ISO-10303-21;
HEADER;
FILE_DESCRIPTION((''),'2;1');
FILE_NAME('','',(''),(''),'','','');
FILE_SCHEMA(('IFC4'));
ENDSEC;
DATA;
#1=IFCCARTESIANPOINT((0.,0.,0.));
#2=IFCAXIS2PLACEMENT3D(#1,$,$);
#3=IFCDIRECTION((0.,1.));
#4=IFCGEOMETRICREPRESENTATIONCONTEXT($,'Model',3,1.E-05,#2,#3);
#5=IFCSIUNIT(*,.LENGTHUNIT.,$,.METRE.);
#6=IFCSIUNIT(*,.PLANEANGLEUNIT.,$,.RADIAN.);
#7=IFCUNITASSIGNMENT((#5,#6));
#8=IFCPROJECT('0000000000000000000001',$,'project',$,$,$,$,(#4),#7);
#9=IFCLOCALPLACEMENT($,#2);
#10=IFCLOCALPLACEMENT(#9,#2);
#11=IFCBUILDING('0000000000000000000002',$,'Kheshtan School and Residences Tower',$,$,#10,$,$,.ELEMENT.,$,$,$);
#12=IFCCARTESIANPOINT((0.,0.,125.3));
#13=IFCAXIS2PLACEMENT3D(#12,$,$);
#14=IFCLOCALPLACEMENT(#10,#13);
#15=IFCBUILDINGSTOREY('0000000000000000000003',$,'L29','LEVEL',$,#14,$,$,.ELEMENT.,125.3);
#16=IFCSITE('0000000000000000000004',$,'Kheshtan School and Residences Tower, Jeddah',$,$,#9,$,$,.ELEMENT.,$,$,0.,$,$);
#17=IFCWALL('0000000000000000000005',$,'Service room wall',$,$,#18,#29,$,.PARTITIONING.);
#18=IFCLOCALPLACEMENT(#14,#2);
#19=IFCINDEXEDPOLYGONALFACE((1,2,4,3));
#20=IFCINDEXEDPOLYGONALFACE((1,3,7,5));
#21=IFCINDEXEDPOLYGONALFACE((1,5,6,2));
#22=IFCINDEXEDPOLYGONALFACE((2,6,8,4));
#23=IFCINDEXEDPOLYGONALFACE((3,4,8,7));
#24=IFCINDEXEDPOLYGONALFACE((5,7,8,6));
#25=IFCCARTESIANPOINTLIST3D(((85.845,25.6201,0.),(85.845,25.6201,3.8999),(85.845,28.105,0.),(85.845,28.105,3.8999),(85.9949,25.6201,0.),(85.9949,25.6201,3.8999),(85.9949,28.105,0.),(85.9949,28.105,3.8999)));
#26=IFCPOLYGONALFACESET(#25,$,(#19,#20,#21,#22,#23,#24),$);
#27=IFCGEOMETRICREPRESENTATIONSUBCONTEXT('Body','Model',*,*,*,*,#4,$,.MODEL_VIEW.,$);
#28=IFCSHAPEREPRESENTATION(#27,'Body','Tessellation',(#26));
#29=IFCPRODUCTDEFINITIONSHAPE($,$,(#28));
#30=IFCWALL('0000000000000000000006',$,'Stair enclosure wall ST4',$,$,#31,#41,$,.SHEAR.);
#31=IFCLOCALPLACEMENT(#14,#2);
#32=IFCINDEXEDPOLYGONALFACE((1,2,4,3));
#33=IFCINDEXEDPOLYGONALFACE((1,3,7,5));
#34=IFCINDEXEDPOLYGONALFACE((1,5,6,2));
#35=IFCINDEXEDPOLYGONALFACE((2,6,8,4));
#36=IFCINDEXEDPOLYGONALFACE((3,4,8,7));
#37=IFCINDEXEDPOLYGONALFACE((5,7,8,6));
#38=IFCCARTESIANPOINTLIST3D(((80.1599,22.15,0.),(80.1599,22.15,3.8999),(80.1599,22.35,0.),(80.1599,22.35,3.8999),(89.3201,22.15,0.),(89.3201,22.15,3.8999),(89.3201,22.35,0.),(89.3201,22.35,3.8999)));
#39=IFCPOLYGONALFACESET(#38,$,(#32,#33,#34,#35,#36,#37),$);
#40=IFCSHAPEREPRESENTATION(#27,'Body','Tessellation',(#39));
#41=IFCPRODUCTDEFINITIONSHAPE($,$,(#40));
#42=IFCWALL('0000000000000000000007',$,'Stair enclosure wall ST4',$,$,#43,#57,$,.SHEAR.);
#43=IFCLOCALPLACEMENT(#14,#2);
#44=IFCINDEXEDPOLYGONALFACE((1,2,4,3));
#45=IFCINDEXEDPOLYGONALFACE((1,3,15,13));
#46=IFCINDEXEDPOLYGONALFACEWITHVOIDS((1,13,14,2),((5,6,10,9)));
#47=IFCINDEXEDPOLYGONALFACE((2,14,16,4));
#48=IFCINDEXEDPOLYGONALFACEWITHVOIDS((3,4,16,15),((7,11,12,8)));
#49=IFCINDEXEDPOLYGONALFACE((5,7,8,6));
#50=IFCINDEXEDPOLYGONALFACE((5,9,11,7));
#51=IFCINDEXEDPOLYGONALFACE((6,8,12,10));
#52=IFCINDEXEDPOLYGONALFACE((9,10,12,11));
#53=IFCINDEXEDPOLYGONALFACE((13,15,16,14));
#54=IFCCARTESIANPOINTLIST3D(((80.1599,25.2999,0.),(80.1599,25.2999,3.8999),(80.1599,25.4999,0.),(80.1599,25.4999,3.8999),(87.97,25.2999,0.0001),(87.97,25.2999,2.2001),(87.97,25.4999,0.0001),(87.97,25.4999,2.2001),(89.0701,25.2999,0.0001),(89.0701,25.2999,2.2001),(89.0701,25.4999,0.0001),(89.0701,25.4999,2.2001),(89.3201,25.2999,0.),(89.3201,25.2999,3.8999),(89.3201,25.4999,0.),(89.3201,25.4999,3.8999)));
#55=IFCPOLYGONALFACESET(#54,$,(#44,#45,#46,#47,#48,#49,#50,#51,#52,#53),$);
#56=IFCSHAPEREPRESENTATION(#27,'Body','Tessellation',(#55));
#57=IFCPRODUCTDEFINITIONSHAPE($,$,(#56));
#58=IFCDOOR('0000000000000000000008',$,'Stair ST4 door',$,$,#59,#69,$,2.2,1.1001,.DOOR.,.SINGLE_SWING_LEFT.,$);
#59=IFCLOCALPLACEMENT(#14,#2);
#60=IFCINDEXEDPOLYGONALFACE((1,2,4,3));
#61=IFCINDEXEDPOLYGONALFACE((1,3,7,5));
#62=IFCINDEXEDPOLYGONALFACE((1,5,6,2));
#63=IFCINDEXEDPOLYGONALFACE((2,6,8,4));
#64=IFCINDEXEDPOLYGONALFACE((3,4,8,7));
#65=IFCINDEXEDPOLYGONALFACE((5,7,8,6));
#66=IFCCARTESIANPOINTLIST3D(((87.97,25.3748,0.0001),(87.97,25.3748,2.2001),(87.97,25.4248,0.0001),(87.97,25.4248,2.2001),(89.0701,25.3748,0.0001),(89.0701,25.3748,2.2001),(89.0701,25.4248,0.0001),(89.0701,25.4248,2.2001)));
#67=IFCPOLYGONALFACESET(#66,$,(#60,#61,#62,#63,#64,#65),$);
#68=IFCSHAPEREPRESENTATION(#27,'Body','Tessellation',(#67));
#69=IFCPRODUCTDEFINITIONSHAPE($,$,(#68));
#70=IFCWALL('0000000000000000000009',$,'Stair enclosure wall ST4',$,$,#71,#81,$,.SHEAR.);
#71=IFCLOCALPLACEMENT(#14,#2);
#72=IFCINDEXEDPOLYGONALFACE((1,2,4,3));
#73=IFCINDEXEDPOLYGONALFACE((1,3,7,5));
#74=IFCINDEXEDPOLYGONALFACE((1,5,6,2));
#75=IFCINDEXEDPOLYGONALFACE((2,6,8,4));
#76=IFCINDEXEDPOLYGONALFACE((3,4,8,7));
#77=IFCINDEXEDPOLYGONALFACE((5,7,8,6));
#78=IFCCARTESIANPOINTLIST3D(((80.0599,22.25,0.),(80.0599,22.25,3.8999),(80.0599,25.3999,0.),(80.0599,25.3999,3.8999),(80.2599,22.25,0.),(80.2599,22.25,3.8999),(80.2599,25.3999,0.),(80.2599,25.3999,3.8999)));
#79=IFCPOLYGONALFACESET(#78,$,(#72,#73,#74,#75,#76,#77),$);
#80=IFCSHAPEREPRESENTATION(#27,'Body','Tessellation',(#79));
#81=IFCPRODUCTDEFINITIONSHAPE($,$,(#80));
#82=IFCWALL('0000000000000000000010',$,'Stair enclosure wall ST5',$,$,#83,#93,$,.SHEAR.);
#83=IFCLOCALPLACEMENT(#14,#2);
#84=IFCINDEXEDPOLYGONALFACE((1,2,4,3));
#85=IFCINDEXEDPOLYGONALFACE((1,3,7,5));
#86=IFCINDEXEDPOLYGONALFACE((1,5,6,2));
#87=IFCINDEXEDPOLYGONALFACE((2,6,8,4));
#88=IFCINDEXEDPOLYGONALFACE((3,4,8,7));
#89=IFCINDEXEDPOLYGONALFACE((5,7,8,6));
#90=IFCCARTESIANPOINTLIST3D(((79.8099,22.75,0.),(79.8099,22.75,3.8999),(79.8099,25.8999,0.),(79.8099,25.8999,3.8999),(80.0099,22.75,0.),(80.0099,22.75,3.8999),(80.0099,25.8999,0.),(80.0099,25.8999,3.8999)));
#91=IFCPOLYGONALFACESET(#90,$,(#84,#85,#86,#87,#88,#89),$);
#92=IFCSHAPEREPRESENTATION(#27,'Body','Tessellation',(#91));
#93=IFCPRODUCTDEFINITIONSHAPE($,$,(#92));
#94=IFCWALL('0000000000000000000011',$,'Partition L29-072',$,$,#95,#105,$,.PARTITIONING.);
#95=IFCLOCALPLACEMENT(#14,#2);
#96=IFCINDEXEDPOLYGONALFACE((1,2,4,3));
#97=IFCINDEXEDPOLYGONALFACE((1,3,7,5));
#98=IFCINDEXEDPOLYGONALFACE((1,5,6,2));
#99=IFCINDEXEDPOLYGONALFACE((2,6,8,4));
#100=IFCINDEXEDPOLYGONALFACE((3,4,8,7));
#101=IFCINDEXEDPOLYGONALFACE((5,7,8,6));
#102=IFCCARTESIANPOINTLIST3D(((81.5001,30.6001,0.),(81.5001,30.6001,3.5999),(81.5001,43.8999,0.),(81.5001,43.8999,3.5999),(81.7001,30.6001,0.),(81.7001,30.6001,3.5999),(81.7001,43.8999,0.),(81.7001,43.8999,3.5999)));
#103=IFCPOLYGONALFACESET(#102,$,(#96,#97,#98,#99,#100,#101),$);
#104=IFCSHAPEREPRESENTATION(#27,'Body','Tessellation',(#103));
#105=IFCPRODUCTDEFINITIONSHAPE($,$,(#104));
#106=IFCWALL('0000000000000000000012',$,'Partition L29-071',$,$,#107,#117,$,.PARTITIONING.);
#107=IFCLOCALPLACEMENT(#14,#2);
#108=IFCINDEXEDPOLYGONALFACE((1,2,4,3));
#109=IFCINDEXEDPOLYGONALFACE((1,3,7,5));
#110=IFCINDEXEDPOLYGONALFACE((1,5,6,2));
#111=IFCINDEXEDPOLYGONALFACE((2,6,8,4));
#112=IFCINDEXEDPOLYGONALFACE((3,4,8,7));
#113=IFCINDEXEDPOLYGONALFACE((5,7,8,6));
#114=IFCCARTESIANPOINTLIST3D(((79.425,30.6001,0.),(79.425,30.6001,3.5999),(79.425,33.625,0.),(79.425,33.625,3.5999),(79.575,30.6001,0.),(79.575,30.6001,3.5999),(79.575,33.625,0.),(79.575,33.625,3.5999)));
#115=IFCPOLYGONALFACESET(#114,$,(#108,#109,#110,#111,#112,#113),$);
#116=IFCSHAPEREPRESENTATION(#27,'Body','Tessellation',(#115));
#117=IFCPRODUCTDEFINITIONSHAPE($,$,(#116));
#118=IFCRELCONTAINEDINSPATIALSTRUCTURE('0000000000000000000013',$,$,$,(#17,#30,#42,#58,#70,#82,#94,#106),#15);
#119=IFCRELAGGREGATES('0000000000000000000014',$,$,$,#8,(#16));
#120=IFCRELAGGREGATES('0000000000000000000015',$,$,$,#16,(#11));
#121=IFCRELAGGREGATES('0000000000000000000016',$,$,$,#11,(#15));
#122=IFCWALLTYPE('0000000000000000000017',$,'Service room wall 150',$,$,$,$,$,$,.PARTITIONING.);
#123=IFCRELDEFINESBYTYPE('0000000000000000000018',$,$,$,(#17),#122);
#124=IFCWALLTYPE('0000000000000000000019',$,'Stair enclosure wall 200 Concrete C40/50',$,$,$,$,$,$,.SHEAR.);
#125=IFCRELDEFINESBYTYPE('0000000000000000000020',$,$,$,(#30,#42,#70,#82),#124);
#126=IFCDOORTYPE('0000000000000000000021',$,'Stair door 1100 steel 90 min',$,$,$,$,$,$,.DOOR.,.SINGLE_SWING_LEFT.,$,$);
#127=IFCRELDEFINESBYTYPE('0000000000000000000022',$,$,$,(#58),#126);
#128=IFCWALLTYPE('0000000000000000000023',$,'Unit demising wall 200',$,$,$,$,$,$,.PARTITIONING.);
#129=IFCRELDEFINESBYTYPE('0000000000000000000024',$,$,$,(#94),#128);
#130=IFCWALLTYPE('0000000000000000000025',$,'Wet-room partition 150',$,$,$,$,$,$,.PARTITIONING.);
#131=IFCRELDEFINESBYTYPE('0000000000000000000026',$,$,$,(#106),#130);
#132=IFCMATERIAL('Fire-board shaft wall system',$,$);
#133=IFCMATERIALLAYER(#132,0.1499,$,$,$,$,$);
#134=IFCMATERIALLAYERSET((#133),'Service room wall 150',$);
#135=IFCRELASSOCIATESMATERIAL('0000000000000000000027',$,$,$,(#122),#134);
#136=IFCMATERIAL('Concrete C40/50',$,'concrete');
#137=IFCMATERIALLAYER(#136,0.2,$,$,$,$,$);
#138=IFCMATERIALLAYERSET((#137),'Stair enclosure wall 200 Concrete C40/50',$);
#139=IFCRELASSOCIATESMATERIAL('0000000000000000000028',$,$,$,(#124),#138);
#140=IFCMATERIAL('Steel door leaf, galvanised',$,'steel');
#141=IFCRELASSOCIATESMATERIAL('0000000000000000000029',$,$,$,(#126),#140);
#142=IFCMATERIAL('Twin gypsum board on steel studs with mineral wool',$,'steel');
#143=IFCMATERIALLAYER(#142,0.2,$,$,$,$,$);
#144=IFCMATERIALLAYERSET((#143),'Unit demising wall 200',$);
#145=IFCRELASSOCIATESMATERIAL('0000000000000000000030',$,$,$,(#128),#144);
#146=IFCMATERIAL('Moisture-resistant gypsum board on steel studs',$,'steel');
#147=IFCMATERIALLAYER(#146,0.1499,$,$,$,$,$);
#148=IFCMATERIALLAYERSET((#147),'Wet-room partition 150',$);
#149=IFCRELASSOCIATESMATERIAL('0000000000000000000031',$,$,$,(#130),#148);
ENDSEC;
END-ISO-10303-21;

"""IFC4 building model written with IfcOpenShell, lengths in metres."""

from ifc_helpers import new_model, si_unit, direction, frame, frame_2d, origin, place, context, subcontext, project, spatial, rectangle, extrude, source, transform, mapped, material, layer, layer_set, type_object, element, fill, save


model = new_model("IFC4")

# Units and contexts
model_context = context("Model", 3, precision=1e-05, world=origin(), true_north=direction((0.0, 1.0)))
body_context = subcontext(model_context, "Body", "Model", "MODEL_VIEW")
ifc_project = project(units=[si_unit("LENGTHUNIT", "METRE"), si_unit("PLANEANGLEUNIT", "RADIAN")], contexts=[model_context])

# Site, building, storey
site_placement = place(None, origin())
site = spatial("IfcSite", under=ifc_project, at=site_placement, Name="Kheshtan School and Residences Tower, Jeddah", CompositionType="ELEMENT", RefElevation=0.0)
building_placement = place(site_placement, origin())
building = spatial("IfcBuilding", under=site, at=building_placement, Name="Kheshtan School and Residences Tower", CompositionType="ELEMENT")
storey_placement = place(building_placement, frame((0.0, 0.0, 125.3)))
storey = spatial("IfcBuildingStorey", under=building, at=storey_placement, Name="L29", Description="LEVEL", CompositionType="ELEMENT", Elevation=125.3)

# Shared definitions
ifc_material_1 = material(Name="Fire-board shaft wall system")
ifc_layer_1 = layer(ifc_material_1, 0.1499)
ifc_layer_set_1 = layer_set([ifc_layer_1], Name="Service room wall 150")
wall_type_1 = type_object("IfcWallType", Name="Service room wall 150", PredefinedType="PARTITIONING", material=ifc_layer_set_1)
ifc_material_2 = material(Name="Steel door leaf, galvanised", Category="steel")

# Walls
wall_1_placement = place(storey_placement, frame((85.9199, 25.6201, 0.0), z_axis=(0.0, 0.0, 1.0), x_axis=(0.0, 1.0, 0.0)))
element("IfcWall", 1, at=wall_1_placement, inside=storey, type_object=wall_type_1, Name="Service room wall", PredefinedType="PARTITIONING", context=body_context, shape_type="SweptSolid", body=[
    extrude(rectangle(XDim=2.4849, YDim=0.1499, at=frame_2d((1.2424, 0.0))), origin(), (0.0, 0.0, 1.0), 3.8999),
])
ifc_material_3 = material(Name="Concrete C40/50", Category="concrete")
ifc_layer_2 = layer(ifc_material_3, 0.2)
ifc_layer_set_2 = layer_set([ifc_layer_2], Name="Stair enclosure wall 200 Concrete C40/50")
wall_type_2 = type_object("IfcWallType", Name="Stair enclosure wall 200 Concrete C40/50", PredefinedType="SHEAR", material=ifc_layer_set_2)
wall_2_placement = place(storey_placement, frame((80.1599, 22.25, 0.0), z_axis=(0.0, 0.0, 1.0), x_axis=(1.0, 0.0, 0.0)))
element("IfcWall", 2, at=wall_2_placement, inside=storey, type_object=wall_type_2, Name="Stair enclosure wall ST4", PredefinedType="SHEAR", context=body_context, shape_type="SweptSolid", body=[
    extrude(rectangle(XDim=9.1602, YDim=0.2, at=frame_2d((4.5801, 0.0))), origin(), (0.0, 0.0, 1.0), 3.8999),
])

# Wall, opening, door
wall_3_placement = place(storey_placement, frame((80.1599, 25.3999, 0.0), z_axis=(0.0, 0.0, 1.0), x_axis=(1.0, 0.0, 0.0)))
wall_3 = element("IfcWall", 3, at=wall_3_placement, inside=storey, type_object=wall_type_2, Name="Stair enclosure wall ST4", PredefinedType="SHEAR", context=body_context, shape_type="SweptSolid", body=[
    extrude(rectangle(XDim=9.1602, YDim=0.2, at=frame_2d((4.5801, 0.0))), origin(), (0.0, 0.0, 1.0), 3.8999),
])
opening_1_placement = place(wall_3_placement, frame((7.8101, 0.0, 0.0)))
opening_1 = element("IfcOpeningElement", 4, at=opening_1_placement, cuts=wall_3, PredefinedType="OPENING", context=body_context, shape_type="SweptSolid", body=[
    extrude(rectangle(XDim=1.1001, YDim=2.2, at=frame_2d((0.55, 1.1001))), frame((0.0, 0.1099, 0.0), z_axis=(0.0, -1.0, 0.0), x_axis=(1.0, 0.0, 0.0)), (0.0, 0.0, 1.0), 0.22),
])
door_type_1 = type_object("IfcDoorType", Name="Stair door 1100 steel 90 min", OperationType="SINGLE_SWING_LEFT", PredefinedType="DOOR", material=ifc_material_2)
shared_shape_1 = source(origin(), body_context, "Body", "SweptSolid", [
    extrude(rectangle(XDim=1.1001, YDim=2.2, at=frame_2d((0.55, 1.1001))), frame((0.0, 0.0249, 0.0), z_axis=(0.0, -1.0, 0.0), x_axis=(1.0, 0.0, 0.0)), (0.0, 0.0, 1.0), 0.05),
])
door_1_placement = place(opening_1_placement, origin())
door_1 = element("IfcDoor", 5, at=door_1_placement, inside=storey, type_object=door_type_1, Name="Stair ST4 door", OperationType="SINGLE_SWING_LEFT", OverallHeight=2.2, OverallWidth=1.1001, PredefinedType="DOOR", context=body_context, shape_type="MappedRepresentation", body=[
    mapped(shared_shape_1, transform((0.0, 0.0, 0.0), x_axis=(1.0, 0.0, 0.0), y_axis=(0.0, 1.0, 0.0), z_axis=(0.0, 0.0, 1.0), scale=1.0)),
])
fill(opening_1, door_1)

# Walls
for number, where, z_axis, x_axis, name in (
    (6, (80.1599, 22.25, 0.0), (0.0, 0.0, 1.0), (0.0, 1.0, 0.0), "Stair enclosure wall ST4"),
    (7, (79.9099, 22.75, 0.0), (0.0, 0.0, 1.0), (0.0, 1.0, 0.0), "Stair enclosure wall ST5"),
):
    element("IfcWall", number, at=place(storey_placement, frame(where, z_axis=z_axis, x_axis=x_axis)), inside=storey, type_object=wall_type_2, Name=name, PredefinedType="SHEAR", context=body_context, shape_type="SweptSolid", body=[
        extrude(rectangle(XDim=3.1499, YDim=0.2, at=frame_2d((1.575, 0.0))), origin(), (0.0, 0.0, 1.0), 3.8999),
    ])
ifc_material_4 = material(Name="Twin gypsum board on steel studs with mineral wool", Category="steel")
ifc_layer_3 = layer(ifc_material_4, 0.2)
ifc_layer_set_3 = layer_set([ifc_layer_3], Name="Unit demising wall 200")
wall_type_3 = type_object("IfcWallType", Name="Unit demising wall 200", PredefinedType="PARTITIONING", material=ifc_layer_set_3)
wall_4_placement = place(storey_placement, frame((81.6001, 30.6001, 0.0), z_axis=(0.0, 0.0, 1.0), x_axis=(0.0, 1.0, 0.0)))
element("IfcWall", 8, at=wall_4_placement, inside=storey, type_object=wall_type_3, Name="Partition L29-072", PredefinedType="PARTITIONING", context=body_context, shape_type="SweptSolid", body=[
    extrude(rectangle(XDim=13.2998, YDim=0.2, at=frame_2d((6.6499, 0.0))), origin(), (0.0, 0.0, 1.0), 3.5999),
])
ifc_material_5 = material(Name="Moisture-resistant gypsum board on steel studs", Category="steel")
ifc_layer_4 = layer(ifc_material_5, 0.1499)
ifc_layer_set_4 = layer_set([ifc_layer_4], Name="Wet-room partition 150")
wall_type_4 = type_object("IfcWallType", Name="Wet-room partition 150", PredefinedType="PARTITIONING", material=ifc_layer_set_4)
wall_5_placement = place(storey_placement, frame((79.5, 30.6001, 0.0), z_axis=(0.0, 0.0, 1.0), x_axis=(0.0, 1.0, 0.0)))
element("IfcWall", 9, at=wall_5_placement, inside=storey, type_object=wall_type_4, Name="Partition L29-071", PredefinedType="PARTITIONING", context=body_context, shape_type="SweptSolid", body=[
    extrude(rectangle(XDim=3.0249, YDim=0.1499, at=frame_2d((1.5125, 0.0))), origin(), (0.0, 0.0, 1.0), 3.5999),
])

save(model, "model.ifc")
